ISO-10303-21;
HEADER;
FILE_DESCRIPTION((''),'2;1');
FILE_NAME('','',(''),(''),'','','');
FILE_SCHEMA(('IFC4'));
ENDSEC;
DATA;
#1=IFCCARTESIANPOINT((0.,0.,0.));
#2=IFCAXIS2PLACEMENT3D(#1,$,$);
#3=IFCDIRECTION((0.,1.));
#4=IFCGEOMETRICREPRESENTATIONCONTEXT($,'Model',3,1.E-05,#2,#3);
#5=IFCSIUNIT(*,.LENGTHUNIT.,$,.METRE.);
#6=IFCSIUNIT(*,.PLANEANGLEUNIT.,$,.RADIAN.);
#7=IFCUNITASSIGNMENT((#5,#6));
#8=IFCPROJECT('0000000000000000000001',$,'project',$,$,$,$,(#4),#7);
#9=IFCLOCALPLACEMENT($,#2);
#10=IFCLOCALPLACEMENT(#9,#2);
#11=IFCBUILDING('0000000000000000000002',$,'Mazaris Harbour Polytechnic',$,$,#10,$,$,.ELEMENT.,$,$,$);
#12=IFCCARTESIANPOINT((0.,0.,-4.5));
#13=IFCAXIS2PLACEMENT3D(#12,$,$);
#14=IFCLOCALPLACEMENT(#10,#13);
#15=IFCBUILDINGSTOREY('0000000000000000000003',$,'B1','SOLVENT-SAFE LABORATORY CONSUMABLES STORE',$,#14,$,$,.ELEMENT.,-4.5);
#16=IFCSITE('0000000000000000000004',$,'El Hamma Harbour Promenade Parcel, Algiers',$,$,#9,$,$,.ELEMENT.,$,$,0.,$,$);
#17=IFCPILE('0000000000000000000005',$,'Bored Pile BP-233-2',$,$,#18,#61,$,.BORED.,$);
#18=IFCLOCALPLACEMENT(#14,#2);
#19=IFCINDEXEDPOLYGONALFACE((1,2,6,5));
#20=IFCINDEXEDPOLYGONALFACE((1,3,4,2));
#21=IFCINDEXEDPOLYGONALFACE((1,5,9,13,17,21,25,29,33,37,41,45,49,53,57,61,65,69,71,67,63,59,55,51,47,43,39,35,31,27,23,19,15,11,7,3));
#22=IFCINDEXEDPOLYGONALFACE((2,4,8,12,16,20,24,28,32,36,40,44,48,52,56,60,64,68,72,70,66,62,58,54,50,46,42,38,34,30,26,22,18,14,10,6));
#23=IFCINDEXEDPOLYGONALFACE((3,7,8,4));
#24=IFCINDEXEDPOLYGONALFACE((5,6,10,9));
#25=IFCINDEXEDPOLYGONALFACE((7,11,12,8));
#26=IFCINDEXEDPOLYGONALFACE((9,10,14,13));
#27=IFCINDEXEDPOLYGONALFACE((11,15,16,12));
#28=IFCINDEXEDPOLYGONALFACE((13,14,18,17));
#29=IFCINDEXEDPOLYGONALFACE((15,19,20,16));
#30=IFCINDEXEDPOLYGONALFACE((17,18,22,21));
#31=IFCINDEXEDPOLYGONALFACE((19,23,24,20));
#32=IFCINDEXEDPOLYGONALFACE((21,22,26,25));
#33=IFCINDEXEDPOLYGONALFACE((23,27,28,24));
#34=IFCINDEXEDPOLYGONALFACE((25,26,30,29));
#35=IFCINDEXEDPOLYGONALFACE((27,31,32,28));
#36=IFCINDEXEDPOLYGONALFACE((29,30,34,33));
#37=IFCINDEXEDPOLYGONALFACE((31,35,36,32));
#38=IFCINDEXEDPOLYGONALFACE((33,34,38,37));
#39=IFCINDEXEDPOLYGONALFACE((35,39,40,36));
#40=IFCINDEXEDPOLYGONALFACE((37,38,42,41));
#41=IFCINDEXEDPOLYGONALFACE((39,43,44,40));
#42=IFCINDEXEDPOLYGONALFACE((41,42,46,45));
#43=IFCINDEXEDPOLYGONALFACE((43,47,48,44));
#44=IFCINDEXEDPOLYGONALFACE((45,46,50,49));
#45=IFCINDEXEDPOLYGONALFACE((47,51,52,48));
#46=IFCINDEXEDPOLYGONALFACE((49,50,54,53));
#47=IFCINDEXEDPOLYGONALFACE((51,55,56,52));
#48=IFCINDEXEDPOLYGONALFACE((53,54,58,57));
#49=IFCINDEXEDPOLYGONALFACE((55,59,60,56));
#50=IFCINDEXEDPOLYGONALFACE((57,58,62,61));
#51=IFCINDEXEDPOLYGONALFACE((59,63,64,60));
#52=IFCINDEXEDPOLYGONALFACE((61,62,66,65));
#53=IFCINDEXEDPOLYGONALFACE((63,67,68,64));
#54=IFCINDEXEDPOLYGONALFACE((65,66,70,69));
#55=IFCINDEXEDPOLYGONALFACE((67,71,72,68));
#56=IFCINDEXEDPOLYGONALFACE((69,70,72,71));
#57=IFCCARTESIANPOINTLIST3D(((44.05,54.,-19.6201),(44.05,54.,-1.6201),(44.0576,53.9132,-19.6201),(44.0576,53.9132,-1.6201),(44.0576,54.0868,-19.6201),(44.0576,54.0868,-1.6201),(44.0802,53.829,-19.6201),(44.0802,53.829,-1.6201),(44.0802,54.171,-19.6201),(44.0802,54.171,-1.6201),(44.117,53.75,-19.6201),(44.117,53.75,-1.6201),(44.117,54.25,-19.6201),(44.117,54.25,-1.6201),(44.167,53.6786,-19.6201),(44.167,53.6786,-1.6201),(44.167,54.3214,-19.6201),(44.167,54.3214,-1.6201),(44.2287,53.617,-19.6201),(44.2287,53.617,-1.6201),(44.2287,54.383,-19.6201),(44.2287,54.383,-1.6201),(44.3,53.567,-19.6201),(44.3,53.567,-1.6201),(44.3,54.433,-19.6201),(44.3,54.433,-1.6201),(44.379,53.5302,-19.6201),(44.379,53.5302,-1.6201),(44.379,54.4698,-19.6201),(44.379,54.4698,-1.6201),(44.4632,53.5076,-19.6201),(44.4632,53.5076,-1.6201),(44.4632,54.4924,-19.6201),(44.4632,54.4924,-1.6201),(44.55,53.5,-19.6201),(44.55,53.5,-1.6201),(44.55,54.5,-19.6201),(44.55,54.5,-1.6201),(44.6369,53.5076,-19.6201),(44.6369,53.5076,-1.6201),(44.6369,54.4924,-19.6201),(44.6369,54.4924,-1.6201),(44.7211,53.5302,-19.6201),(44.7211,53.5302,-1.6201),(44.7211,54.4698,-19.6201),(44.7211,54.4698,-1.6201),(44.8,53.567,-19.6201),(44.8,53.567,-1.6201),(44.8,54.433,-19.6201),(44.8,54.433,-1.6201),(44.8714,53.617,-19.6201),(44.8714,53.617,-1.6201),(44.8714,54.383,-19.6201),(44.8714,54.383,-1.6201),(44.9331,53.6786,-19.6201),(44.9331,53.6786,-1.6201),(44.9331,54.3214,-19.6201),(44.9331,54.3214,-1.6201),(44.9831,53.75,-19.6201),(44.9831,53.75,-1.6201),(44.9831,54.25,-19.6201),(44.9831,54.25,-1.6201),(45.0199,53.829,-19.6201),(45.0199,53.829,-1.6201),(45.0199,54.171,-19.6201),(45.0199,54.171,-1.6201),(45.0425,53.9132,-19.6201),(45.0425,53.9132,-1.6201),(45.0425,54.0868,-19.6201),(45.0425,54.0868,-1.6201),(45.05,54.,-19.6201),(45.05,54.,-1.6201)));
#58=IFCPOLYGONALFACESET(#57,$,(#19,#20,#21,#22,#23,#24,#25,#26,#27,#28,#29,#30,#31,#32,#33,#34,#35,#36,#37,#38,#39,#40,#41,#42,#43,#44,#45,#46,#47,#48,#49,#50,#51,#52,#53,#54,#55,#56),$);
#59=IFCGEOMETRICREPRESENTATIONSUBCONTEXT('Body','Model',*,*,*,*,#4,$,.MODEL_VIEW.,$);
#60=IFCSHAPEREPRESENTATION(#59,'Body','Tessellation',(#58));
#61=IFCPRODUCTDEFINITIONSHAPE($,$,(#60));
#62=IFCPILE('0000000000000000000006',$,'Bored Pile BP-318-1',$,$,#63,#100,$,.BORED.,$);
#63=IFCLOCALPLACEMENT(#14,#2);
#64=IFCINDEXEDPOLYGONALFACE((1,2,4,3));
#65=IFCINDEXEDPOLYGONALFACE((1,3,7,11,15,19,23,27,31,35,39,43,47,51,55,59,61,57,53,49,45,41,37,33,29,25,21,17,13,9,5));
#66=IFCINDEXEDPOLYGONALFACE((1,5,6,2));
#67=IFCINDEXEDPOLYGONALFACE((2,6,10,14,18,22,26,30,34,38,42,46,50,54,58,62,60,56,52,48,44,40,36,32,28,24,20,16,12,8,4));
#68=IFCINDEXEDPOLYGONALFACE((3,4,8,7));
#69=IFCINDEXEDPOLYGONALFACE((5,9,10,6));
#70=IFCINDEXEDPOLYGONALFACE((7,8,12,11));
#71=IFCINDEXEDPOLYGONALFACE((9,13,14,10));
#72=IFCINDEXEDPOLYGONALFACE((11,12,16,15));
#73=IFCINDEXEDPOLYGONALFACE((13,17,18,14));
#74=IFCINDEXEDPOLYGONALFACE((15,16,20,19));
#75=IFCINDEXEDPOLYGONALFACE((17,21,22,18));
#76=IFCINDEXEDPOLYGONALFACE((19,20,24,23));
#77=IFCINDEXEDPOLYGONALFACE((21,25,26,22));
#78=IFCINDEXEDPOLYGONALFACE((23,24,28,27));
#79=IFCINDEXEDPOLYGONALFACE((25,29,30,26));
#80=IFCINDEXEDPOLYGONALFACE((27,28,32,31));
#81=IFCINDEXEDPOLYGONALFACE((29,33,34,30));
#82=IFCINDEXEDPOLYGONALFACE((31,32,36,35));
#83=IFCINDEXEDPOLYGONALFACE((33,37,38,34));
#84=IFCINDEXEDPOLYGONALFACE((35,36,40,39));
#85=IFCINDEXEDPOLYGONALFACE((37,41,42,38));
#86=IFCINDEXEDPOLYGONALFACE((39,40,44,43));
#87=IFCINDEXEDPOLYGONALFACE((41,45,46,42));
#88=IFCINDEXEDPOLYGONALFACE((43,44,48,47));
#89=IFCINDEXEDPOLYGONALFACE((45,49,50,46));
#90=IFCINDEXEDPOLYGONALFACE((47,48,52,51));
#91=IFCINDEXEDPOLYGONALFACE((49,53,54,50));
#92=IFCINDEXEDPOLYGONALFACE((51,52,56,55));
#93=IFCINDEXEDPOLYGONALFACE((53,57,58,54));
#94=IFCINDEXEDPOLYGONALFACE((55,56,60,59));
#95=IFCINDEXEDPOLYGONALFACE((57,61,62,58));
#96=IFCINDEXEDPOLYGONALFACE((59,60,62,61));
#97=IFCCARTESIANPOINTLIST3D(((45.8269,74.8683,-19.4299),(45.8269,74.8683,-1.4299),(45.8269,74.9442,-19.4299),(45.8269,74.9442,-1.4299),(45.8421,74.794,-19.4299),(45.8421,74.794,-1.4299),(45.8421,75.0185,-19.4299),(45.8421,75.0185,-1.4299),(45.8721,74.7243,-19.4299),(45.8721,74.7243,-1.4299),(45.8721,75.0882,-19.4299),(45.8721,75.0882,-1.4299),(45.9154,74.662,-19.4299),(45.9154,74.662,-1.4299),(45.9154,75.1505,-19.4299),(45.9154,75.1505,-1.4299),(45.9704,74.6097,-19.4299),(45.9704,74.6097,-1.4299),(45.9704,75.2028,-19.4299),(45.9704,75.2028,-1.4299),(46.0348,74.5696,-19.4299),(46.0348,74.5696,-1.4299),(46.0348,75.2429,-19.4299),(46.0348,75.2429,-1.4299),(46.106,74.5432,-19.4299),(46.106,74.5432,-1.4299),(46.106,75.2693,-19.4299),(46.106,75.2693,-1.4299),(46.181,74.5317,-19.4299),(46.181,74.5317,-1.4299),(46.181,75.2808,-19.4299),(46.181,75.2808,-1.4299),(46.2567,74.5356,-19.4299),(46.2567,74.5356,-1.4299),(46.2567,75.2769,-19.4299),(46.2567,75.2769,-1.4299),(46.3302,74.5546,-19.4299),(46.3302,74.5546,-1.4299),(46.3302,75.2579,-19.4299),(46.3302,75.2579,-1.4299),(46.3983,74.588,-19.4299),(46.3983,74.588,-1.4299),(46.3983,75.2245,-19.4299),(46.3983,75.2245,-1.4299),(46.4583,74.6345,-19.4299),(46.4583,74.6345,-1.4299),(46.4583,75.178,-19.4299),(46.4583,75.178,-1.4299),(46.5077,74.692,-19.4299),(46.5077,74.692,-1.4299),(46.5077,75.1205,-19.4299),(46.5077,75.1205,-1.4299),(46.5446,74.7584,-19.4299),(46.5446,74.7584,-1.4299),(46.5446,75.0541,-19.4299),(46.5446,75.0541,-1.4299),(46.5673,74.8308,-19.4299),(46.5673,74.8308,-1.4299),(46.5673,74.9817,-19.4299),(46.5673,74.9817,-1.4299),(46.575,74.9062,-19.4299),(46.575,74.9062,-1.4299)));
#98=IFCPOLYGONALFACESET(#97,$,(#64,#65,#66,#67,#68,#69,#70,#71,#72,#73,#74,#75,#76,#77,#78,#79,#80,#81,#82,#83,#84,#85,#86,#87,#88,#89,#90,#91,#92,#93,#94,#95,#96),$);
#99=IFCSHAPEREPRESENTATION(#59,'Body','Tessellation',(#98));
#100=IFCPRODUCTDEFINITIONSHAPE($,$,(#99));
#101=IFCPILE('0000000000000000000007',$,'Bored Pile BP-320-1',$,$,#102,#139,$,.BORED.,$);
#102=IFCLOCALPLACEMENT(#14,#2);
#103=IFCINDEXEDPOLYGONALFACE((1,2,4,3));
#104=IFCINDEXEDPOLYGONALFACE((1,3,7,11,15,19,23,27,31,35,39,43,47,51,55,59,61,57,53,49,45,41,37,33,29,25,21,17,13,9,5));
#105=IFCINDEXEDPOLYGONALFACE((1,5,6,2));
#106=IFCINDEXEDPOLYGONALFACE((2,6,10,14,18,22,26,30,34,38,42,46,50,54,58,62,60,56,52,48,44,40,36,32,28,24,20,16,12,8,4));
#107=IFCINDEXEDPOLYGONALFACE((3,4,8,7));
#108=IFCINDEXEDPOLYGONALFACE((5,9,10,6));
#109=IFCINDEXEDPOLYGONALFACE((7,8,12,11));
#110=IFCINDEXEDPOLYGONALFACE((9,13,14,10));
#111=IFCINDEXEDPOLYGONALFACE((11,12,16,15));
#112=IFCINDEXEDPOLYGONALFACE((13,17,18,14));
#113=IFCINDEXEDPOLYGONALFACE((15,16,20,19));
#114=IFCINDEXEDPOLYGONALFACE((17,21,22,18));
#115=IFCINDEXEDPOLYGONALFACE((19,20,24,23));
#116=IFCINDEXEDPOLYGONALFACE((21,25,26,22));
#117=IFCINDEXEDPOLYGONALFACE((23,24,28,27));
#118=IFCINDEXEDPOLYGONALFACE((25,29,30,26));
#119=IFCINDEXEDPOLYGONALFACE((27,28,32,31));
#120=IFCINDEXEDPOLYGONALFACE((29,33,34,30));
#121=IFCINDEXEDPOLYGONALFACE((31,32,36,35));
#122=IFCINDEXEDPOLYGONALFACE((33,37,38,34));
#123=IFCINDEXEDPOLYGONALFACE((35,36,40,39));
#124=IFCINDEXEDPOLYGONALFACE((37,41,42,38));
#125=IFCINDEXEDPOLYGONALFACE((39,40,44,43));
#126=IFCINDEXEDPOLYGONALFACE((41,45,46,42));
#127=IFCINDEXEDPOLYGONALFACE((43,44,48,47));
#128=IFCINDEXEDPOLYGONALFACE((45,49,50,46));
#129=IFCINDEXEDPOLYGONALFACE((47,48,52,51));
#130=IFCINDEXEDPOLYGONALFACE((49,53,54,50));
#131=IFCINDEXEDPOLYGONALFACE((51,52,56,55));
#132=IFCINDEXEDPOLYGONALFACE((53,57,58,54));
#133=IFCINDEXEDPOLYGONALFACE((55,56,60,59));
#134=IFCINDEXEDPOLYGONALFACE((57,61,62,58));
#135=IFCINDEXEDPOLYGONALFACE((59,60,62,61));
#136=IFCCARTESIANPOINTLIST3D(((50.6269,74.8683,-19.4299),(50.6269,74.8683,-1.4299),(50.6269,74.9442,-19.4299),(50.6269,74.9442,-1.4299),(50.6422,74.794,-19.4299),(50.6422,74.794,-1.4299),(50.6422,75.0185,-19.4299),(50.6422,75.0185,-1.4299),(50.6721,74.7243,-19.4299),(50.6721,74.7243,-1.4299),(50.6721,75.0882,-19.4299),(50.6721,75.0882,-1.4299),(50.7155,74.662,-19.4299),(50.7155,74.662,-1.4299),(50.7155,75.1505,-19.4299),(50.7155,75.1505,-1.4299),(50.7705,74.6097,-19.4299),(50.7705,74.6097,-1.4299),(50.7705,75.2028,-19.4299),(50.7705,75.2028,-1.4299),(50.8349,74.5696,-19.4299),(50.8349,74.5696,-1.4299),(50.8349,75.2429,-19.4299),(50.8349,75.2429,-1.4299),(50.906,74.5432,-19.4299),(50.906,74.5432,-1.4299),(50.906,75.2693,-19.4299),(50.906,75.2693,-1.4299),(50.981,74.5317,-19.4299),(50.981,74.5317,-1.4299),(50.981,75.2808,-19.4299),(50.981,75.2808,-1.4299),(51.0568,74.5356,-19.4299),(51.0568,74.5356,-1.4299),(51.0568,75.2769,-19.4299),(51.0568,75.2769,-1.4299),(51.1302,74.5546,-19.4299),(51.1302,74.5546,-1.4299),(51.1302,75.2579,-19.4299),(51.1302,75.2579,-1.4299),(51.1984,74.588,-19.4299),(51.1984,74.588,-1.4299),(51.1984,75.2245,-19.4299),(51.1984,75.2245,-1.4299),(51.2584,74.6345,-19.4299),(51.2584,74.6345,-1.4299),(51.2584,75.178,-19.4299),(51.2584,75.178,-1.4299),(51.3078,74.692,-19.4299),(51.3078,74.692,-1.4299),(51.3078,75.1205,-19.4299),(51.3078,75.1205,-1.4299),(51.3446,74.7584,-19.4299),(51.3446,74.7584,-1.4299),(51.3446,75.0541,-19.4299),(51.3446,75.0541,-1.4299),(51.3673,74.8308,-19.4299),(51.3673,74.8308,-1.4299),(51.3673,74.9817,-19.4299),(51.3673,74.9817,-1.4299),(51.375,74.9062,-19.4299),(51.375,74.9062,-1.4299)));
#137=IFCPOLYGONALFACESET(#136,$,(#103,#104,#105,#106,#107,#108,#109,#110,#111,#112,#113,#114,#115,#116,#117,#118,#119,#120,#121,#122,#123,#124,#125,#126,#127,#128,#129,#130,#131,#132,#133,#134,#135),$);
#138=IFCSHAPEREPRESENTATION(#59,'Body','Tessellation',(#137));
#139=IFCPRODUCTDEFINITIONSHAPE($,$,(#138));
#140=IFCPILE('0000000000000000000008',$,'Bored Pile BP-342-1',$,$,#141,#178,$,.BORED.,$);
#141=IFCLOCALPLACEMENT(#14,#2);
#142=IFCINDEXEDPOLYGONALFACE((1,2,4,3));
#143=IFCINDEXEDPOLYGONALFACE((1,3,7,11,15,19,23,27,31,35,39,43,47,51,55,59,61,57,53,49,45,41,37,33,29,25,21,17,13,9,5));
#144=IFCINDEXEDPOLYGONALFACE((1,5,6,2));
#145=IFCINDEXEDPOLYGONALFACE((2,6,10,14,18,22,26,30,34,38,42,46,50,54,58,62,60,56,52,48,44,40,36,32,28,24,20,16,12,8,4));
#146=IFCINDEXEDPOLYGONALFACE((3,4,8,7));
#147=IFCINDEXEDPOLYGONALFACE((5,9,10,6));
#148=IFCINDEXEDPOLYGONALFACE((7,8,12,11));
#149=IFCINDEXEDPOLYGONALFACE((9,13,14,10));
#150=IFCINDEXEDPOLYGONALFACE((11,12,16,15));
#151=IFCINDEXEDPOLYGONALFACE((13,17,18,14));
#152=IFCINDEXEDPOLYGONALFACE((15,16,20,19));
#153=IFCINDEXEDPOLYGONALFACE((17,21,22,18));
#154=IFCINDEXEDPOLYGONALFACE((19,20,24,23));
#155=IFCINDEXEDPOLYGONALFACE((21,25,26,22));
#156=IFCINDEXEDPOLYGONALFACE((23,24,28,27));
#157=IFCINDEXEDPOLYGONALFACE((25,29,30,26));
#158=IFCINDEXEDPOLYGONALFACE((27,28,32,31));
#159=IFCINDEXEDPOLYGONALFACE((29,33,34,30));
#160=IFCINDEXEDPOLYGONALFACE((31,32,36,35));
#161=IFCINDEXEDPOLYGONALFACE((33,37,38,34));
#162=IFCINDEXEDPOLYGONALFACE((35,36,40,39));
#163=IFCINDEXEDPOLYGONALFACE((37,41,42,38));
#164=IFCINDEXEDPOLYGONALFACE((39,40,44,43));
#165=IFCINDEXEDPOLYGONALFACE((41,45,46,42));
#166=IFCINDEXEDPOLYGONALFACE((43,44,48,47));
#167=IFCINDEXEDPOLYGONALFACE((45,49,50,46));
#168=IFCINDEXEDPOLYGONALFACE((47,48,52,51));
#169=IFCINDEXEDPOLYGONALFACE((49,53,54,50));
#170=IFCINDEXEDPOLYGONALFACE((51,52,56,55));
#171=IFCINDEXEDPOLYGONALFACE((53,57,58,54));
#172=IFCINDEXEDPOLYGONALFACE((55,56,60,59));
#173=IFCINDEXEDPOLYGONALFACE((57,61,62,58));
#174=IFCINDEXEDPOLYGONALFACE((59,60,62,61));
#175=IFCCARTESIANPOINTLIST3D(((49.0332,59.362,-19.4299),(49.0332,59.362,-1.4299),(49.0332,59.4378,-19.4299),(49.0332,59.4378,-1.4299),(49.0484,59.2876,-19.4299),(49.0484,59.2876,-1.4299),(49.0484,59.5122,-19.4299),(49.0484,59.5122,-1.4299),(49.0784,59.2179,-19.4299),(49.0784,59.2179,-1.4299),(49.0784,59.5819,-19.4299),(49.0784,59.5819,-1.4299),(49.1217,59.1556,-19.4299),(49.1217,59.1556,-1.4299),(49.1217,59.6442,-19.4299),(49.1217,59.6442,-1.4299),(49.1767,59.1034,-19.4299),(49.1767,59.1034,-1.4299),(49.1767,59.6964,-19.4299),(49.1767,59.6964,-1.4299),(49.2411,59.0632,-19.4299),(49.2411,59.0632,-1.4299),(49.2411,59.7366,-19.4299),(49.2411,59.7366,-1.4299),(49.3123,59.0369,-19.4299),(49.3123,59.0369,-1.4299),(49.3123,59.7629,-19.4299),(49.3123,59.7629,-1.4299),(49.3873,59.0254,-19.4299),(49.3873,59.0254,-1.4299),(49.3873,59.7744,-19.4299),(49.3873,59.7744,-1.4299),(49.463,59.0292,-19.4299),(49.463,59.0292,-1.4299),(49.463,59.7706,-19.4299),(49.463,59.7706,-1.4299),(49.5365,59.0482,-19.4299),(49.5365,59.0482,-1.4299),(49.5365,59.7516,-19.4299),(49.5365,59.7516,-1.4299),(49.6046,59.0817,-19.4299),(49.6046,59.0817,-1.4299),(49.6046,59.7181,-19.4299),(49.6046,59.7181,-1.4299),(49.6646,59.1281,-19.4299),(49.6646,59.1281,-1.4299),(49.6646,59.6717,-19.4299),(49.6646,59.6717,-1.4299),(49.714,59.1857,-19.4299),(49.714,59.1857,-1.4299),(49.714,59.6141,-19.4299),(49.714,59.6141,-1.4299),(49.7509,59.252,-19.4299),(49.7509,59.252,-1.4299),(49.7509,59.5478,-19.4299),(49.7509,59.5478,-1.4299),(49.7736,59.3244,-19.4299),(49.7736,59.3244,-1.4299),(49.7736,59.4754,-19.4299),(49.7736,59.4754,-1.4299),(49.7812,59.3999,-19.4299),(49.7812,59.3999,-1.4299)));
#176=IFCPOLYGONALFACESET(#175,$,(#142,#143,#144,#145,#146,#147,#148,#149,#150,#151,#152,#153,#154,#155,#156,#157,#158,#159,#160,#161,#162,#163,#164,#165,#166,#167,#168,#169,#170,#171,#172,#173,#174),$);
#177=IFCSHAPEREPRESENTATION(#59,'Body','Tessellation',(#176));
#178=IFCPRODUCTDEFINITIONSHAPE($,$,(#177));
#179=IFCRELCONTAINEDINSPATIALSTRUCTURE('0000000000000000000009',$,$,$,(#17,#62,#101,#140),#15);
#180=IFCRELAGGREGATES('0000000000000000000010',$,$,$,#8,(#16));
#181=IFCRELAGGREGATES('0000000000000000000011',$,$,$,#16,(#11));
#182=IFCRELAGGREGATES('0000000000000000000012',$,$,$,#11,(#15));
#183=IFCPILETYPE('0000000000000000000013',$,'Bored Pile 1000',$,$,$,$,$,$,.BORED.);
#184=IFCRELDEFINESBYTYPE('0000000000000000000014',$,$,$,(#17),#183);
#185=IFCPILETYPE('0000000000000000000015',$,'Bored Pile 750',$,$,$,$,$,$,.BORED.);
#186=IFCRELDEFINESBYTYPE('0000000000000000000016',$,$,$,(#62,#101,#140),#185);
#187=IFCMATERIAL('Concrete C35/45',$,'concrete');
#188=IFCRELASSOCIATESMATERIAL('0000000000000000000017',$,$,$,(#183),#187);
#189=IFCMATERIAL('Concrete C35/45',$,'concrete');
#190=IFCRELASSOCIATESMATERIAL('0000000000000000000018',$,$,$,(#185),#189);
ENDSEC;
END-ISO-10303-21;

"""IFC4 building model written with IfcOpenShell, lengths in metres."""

from ifc_helpers import new_model, si_unit, direction, frame, origin, origin_2d, place, context, subcontext, project, spatial, circle, extrude, material, material_profile, profile_set, type_object, element, save


model = new_model("IFC4")

# Units and contexts
model_context = context("Model", 3, precision=1e-05, world=origin(), true_north=direction((0.0, 1.0)))
body_context = subcontext(model_context, "Body", "Model", "MODEL_VIEW")
ifc_project = project(units=[si_unit("LENGTHUNIT", "METRE"), si_unit("PLANEANGLEUNIT", "RADIAN")], contexts=[model_context])

# Site, building, storey
site_placement = place(None, origin())
site = spatial("IfcSite", under=ifc_project, at=site_placement, Name="El Hamma Harbour Promenade Parcel, Algiers", CompositionType="ELEMENT", RefElevation=0.0)
building_placement = place(site_placement, origin())
building = spatial("IfcBuilding", under=site, at=building_placement, Name="Mazaris Harbour Polytechnic", CompositionType="ELEMENT")
storey_placement = place(building_placement, frame((0.0, 0.0, -4.5)))
storey = spatial("IfcBuildingStorey", under=building, at=storey_placement, Name="B1", Description="SOLVENT-SAFE LABORATORY CONSUMABLES STORE", CompositionType="ELEMENT", Elevation=-4.5)

# Piles
ifc_material_1 = material(Name="Concrete C35/45", Category="concrete")
ifc_material_profile_1 = material_profile(ifc_material_1, circle(Radius=0.5, at=origin_2d()), Name="DIA1000")
ifc_profile_set_1 = profile_set([ifc_material_profile_1], Name="Concrete C35/45")
pile_type_1 = type_object("IfcPileType", Name="Bored Pile 1000", PredefinedType="BORED", material=ifc_profile_set_1)
pile_placement = place(storey_placement, frame((44.55, 54.0, -1.6201), z_axis=(0.0, 0.0, -1.0), x_axis=(1.0, 0.0, 0.0)))
element("IfcPile", 1, at=pile_placement, inside=storey, type_object=pile_type_1, Name="Bored Pile BP-233-2", PredefinedType="BORED", context=body_context, shape_type="SweptSolid", body=[
    extrude(circle(Radius=0.5, at=origin_2d()), origin(), (0.0, 0.0, 1.0), 18.0),
])
ifc_material_2 = material(Name="Concrete C35/45", Category="concrete")
ifc_material_profile_2 = material_profile(ifc_material_2, circle(Radius=0.375, at=origin_2d()), Name="DIA750")
ifc_profile_set_2 = profile_set([ifc_material_profile_2], Name="Concrete C35/45")
pile_type_2 = type_object("IfcPileType", Name="Bored Pile 750", PredefinedType="BORED", material=ifc_profile_set_2)
for number, where, z_axis, x_axis, name in (
    (2, (46.2, 74.9062, -1.4299), (0.0, 0.0, -1.0), (1.0, 0.0, 0.0), "Bored Pile BP-318-1"),
    (3, (51.0, 74.9062, -1.4299), (0.0, 0.0, -1.0), (1.0, 0.0, 0.0), "Bored Pile BP-320-1"),
    (4, (49.4062, 59.3999, -1.4299), (0.0, 0.0, -1.0), (1.0, 0.0, 0.0), "Bored Pile BP-342-1"),
):
    element("IfcPile", number, at=place(storey_placement, frame(where, z_axis=z_axis, x_axis=x_axis)), inside=storey, type_object=pile_type_2, Name=name, PredefinedType="BORED", context=body_context, shape_type="SweptSolid", body=[
        extrude(circle(Radius=0.375, at=origin_2d()), origin(), (0.0, 0.0, 1.0), 18.0),
    ])

save(model, "model.ifc")
